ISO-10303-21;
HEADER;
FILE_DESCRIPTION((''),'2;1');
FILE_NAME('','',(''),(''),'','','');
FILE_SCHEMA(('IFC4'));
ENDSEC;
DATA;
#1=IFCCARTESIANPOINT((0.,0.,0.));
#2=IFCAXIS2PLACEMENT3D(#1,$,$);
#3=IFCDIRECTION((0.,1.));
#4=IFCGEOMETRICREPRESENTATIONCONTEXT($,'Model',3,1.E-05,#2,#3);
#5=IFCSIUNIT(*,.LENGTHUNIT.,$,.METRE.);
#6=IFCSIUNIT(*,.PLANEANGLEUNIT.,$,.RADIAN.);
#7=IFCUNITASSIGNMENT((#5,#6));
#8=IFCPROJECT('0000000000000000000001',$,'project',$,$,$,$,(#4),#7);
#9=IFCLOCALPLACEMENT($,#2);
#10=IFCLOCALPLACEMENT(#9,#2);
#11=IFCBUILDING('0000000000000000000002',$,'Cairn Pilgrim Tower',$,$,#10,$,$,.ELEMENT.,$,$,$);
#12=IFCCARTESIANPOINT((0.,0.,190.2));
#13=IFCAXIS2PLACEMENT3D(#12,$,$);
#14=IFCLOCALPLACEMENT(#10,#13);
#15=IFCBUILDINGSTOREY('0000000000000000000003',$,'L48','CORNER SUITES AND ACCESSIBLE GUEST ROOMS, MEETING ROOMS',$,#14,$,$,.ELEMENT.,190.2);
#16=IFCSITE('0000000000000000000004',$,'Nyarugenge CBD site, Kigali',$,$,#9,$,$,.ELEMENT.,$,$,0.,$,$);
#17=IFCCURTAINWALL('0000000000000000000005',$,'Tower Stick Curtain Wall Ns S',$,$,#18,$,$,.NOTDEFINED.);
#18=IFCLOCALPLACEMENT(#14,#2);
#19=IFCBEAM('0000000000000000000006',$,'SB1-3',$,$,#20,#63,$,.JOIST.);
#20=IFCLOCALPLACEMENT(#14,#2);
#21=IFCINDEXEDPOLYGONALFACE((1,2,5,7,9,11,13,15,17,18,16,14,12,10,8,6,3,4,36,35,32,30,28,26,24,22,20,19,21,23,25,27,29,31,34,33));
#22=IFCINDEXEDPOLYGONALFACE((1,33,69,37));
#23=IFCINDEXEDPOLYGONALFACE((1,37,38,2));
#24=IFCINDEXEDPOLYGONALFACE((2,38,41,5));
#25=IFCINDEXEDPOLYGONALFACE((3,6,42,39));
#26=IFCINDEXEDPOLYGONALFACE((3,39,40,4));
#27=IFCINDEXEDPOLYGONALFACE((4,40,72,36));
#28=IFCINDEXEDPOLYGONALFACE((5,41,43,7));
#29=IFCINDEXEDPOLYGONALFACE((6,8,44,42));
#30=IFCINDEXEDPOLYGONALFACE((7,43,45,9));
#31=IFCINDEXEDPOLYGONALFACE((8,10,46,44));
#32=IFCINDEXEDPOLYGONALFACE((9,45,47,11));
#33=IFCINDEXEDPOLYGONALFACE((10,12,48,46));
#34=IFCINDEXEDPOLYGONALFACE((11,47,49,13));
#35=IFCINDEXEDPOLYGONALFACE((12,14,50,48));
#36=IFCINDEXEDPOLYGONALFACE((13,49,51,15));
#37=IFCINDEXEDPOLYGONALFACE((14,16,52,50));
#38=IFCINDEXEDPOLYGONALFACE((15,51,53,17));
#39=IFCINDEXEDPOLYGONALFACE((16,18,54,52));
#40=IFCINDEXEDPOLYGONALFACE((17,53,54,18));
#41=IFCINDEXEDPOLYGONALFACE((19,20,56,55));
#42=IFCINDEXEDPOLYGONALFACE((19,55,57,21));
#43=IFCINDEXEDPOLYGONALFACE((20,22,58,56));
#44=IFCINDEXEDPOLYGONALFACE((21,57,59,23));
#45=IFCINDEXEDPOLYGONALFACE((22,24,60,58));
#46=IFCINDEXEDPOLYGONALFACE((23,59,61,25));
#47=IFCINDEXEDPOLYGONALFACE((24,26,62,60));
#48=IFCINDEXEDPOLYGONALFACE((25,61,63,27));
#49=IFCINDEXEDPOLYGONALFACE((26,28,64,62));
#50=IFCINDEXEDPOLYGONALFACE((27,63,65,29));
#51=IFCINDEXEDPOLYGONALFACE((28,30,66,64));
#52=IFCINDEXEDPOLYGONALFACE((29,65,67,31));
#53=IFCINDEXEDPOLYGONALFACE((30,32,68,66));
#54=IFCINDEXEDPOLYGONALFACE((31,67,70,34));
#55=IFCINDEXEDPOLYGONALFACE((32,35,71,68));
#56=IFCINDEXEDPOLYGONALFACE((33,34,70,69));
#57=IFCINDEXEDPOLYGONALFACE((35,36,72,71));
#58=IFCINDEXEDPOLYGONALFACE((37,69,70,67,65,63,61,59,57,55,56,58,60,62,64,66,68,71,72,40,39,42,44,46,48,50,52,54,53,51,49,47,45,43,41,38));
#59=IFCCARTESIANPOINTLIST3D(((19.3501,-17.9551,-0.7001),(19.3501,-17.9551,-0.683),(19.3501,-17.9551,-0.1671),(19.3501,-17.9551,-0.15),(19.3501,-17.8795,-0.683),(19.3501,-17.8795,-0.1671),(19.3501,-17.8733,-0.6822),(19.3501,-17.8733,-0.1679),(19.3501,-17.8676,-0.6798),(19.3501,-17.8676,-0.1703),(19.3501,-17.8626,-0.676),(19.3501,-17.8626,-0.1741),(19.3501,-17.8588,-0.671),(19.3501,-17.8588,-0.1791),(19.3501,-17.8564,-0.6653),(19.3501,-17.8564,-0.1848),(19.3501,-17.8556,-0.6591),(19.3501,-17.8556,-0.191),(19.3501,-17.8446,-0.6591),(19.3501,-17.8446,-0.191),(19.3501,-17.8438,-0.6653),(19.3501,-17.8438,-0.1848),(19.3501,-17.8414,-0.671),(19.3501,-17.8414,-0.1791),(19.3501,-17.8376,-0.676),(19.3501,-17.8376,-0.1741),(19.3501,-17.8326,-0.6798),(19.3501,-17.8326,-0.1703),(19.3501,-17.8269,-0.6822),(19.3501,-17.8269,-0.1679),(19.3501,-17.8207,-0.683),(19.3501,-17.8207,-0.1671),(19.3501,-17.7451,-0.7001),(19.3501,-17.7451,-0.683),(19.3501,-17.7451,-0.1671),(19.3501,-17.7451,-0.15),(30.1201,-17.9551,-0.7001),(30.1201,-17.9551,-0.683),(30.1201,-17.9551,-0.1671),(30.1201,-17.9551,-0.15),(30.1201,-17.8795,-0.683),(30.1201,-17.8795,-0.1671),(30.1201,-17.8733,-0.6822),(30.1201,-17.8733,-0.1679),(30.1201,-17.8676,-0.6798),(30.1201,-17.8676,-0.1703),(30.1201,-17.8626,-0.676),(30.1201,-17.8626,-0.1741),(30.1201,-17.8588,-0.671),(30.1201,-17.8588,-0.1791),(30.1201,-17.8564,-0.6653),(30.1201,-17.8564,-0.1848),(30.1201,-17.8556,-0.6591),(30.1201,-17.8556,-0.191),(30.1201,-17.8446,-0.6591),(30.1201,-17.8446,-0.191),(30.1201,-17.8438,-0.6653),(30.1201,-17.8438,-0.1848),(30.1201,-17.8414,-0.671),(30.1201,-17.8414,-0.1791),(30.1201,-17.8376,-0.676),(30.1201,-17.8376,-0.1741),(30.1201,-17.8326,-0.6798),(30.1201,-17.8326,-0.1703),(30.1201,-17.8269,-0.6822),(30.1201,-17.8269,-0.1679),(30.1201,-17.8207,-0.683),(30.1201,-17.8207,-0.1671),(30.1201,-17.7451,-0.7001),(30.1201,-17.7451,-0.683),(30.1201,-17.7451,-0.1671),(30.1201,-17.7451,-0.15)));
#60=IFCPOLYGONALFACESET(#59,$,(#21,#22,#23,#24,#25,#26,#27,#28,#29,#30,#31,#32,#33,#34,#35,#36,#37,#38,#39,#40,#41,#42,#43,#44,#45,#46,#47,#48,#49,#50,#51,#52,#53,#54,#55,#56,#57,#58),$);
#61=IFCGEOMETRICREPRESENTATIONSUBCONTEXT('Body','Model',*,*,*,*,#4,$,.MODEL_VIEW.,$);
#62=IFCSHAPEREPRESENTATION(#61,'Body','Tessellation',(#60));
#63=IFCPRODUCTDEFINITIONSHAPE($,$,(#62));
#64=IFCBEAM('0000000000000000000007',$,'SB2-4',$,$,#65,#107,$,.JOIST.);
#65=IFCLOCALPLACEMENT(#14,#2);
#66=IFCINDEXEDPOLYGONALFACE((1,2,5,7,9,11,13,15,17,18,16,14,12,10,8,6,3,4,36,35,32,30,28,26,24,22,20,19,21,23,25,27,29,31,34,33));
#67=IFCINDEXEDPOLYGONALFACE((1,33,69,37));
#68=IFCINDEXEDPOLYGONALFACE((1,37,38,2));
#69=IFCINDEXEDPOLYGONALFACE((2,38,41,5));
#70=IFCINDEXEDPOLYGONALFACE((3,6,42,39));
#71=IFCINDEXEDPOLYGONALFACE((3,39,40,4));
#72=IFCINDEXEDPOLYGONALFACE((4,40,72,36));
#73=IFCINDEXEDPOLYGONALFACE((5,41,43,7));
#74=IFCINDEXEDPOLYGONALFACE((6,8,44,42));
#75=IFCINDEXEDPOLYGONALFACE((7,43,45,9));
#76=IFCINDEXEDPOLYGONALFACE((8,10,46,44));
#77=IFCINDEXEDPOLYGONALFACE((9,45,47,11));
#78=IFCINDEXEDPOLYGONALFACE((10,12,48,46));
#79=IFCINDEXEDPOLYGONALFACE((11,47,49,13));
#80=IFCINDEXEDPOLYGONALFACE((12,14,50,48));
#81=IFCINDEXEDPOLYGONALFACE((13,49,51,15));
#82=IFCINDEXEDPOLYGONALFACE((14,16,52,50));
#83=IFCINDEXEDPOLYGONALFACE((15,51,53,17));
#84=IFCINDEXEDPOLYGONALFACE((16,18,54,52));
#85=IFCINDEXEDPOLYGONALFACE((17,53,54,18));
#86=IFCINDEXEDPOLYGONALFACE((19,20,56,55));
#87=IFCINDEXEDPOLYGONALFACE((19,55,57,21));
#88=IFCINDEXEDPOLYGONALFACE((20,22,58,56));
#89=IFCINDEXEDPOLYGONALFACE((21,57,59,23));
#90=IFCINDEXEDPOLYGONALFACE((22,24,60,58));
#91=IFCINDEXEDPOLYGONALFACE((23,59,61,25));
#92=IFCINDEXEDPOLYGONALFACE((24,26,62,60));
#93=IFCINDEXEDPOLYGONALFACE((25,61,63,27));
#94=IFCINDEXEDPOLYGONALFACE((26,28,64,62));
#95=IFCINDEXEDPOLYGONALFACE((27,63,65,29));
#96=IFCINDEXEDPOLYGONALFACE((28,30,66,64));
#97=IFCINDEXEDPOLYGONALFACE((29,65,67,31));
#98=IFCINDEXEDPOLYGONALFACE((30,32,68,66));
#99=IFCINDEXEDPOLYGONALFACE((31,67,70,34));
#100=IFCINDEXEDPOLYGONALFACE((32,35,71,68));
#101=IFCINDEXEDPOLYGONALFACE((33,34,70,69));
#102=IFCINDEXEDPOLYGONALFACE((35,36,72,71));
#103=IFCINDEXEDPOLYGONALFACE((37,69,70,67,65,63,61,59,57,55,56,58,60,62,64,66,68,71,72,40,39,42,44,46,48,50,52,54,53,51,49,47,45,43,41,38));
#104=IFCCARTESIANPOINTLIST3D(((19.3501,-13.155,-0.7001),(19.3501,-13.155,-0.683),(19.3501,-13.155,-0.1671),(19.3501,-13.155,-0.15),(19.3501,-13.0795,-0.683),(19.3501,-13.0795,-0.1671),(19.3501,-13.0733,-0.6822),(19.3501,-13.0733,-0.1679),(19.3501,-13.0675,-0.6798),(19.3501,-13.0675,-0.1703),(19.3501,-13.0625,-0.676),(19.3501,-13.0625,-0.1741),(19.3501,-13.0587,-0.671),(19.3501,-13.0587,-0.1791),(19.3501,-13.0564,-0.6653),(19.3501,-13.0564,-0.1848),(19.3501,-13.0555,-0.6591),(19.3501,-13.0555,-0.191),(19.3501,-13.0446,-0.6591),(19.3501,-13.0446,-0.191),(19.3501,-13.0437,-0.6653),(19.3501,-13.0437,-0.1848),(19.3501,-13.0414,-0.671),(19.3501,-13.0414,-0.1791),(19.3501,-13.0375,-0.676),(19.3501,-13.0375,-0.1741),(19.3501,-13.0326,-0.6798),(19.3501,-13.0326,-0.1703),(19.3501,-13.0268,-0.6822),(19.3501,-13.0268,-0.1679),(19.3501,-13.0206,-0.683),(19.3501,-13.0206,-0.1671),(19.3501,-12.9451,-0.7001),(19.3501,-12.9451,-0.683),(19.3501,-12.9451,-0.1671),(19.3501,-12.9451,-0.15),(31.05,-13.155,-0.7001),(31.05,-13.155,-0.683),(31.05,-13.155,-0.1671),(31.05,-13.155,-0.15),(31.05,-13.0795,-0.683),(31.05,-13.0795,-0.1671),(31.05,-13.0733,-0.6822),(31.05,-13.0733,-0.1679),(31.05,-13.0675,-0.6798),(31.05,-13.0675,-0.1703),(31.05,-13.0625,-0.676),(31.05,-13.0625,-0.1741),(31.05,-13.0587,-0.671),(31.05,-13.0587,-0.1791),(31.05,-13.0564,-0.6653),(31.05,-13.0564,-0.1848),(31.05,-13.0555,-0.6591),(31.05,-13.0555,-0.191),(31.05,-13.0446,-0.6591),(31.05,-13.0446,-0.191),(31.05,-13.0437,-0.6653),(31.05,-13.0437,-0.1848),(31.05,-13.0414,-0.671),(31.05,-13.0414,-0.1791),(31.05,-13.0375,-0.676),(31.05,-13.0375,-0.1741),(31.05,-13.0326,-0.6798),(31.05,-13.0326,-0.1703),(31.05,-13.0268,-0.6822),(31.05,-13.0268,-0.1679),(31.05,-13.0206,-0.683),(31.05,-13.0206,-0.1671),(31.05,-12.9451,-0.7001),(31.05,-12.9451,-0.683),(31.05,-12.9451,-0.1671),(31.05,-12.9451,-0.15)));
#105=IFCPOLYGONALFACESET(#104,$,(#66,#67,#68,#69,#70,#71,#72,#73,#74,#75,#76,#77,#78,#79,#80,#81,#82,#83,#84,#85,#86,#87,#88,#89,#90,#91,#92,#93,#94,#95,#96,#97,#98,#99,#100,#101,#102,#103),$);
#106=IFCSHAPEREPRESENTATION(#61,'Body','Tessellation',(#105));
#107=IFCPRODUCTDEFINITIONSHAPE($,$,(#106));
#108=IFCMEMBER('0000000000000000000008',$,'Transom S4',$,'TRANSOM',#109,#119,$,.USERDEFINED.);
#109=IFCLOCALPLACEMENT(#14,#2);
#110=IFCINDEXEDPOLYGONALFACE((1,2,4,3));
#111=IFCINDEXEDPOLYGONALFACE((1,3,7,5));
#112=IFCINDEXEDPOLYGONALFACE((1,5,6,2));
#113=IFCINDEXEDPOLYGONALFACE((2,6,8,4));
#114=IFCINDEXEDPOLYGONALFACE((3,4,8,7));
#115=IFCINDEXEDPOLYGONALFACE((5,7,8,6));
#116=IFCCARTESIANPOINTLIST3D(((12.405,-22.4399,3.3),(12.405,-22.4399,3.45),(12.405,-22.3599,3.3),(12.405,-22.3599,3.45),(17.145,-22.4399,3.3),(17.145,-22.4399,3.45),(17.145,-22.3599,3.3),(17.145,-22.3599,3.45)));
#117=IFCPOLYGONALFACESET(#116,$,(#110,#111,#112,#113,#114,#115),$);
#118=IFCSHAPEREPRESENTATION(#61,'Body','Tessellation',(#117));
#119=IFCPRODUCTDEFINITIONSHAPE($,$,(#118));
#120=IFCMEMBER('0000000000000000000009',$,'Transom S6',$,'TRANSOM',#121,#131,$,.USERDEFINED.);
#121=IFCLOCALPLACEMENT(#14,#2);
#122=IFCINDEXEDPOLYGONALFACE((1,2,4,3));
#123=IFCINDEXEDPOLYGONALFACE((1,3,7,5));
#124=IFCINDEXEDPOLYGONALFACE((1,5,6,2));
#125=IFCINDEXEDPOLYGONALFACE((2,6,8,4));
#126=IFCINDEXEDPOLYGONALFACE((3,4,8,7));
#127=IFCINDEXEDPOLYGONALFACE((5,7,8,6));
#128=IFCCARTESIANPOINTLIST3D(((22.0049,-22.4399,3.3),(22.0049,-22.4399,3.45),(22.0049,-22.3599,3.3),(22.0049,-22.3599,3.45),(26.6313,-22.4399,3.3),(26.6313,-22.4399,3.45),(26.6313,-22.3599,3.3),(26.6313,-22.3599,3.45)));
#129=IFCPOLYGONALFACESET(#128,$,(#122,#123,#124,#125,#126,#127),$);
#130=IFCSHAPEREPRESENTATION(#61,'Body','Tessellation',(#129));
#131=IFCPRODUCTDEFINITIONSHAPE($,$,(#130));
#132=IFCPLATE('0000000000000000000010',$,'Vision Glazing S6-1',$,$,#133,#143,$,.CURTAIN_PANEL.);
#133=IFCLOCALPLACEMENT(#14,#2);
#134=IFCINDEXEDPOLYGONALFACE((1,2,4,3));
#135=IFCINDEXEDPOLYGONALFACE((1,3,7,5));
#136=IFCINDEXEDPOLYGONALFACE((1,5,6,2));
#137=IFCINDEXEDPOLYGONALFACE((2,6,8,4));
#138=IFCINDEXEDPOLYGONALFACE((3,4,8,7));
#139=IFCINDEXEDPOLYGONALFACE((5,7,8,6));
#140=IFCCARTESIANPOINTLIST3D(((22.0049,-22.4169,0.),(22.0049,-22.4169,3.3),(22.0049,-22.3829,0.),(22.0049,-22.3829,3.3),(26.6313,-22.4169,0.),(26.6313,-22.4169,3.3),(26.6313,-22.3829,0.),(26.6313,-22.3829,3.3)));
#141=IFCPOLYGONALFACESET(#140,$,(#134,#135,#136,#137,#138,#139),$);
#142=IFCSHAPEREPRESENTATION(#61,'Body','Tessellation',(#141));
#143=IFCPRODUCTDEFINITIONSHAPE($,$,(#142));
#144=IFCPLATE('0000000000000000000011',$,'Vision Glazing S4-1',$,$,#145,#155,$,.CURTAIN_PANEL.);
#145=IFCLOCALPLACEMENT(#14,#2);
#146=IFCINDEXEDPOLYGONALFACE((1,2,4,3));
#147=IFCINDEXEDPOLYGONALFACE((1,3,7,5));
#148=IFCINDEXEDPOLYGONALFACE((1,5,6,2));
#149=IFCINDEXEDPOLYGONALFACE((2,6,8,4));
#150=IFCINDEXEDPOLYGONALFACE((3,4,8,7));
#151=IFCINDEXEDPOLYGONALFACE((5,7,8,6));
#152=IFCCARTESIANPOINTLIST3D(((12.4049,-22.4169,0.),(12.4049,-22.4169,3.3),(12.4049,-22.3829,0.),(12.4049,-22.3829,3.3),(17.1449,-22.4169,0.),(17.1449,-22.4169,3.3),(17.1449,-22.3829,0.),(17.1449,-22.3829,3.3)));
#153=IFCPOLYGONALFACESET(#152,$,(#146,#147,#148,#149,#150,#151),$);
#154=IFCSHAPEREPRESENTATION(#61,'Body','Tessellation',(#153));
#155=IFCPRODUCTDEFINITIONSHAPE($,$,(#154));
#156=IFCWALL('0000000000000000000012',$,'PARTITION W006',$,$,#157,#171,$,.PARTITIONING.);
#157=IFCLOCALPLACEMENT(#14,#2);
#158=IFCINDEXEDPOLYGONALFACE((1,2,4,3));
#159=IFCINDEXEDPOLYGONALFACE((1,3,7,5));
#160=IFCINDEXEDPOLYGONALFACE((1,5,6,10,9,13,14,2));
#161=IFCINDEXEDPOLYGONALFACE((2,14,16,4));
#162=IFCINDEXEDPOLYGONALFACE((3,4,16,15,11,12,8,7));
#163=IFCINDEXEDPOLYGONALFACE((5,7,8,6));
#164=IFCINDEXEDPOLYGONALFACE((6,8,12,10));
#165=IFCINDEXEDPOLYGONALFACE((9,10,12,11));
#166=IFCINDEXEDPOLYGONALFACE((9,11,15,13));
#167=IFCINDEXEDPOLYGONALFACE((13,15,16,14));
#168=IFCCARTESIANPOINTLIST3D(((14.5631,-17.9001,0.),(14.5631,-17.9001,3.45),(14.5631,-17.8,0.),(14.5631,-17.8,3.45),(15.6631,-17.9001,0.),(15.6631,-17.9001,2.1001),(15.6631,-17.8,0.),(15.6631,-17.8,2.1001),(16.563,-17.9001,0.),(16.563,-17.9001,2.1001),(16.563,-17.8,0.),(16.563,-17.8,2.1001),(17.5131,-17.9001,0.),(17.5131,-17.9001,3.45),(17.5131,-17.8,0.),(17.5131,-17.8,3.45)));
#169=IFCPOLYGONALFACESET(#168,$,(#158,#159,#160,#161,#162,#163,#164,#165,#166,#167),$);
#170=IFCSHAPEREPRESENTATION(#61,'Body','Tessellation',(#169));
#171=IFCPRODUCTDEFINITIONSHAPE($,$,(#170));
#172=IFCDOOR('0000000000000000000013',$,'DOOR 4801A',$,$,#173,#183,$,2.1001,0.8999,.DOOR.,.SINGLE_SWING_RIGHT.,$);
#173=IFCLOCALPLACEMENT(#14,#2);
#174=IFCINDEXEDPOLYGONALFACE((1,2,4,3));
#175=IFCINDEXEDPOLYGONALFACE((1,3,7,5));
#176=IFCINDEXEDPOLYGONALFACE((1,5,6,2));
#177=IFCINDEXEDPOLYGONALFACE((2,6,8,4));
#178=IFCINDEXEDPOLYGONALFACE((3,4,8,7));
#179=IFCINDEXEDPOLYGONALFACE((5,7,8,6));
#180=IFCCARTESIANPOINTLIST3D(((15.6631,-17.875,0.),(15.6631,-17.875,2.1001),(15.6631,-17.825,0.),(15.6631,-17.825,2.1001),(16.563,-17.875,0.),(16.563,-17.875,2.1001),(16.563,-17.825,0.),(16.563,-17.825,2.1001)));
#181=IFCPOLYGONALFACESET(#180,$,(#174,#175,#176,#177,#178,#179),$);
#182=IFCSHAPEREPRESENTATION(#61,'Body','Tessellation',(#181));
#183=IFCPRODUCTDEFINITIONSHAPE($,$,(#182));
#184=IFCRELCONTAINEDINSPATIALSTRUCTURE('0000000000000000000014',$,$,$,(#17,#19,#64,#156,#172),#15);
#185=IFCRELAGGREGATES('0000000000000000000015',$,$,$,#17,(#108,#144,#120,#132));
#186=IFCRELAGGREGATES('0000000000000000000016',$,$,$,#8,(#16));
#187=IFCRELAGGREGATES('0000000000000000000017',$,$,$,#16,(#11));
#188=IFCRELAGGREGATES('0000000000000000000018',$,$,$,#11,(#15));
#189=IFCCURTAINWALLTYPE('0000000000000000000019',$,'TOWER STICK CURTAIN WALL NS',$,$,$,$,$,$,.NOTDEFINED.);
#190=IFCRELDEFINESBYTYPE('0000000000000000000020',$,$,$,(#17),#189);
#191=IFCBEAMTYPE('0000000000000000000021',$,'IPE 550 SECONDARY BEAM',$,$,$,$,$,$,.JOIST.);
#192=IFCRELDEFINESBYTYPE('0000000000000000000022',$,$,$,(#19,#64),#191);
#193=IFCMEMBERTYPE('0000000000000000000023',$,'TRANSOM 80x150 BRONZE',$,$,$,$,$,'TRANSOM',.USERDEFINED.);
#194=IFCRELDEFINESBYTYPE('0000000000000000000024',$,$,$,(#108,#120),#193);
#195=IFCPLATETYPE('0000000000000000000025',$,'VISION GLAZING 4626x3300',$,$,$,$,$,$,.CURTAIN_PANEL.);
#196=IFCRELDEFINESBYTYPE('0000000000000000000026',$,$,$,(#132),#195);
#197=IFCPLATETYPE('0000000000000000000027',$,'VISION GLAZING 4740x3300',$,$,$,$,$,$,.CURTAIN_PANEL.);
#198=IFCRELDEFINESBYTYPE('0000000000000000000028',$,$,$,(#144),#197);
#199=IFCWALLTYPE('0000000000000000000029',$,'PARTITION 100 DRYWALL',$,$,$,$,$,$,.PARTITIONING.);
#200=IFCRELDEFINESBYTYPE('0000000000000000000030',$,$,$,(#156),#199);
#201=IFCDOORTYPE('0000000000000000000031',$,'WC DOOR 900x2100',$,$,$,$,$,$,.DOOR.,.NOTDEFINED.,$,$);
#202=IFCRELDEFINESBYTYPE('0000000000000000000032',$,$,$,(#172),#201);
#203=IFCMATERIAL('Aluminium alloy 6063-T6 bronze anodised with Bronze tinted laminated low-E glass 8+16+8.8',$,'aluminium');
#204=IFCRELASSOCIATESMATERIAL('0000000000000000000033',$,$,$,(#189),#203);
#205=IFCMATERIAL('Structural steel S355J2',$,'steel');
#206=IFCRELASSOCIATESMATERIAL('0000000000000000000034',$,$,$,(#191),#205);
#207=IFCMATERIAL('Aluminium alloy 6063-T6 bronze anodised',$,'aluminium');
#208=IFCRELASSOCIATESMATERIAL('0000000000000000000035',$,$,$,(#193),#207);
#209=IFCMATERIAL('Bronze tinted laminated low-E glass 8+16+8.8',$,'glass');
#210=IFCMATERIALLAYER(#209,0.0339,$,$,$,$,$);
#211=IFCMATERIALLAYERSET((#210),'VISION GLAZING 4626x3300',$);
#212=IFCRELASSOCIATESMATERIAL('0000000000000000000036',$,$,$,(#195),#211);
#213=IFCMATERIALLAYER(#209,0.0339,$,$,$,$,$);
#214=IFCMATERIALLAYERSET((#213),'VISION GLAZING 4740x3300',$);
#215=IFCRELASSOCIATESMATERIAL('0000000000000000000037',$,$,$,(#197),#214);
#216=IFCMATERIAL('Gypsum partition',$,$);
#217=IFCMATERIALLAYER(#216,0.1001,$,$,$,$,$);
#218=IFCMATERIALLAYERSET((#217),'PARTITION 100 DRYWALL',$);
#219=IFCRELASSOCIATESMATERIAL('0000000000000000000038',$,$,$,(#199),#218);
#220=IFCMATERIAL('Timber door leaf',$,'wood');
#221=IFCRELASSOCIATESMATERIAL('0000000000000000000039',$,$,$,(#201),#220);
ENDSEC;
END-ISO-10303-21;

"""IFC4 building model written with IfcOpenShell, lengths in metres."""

from ifc_helpers import new_model, si_unit, direction, frame, frame_2d, origin, origin_2d, place, context, subcontext, project, spatial, rectangle, i_section, extrude, material, layer, layer_set, material_profile, profile_set, type_object, element, fill, aggregate, save


model = new_model("IFC4")

# Units and contexts
model_context = context("Model", 3, precision=1e-05, world=origin(), true_north=direction((0.0, 1.0)))
body_context = subcontext(model_context, "Body", "Model", "MODEL_VIEW")
ifc_project = project(units=[si_unit("LENGTHUNIT", "METRE"), si_unit("PLANEANGLEUNIT", "RADIAN")], contexts=[model_context])

# Site, building, storey
site_placement = place(None, origin())
site = spatial("IfcSite", under=ifc_project, at=site_placement, Name="Nyarugenge CBD site, Kigali", CompositionType="ELEMENT", RefElevation=0.0)
building_placement = place(site_placement, origin())
building = spatial("IfcBuilding", under=site, at=building_placement, Name="Cairn Pilgrim Tower", CompositionType="ELEMENT")
storey_placement = place(building_placement, frame((0.0, 0.0, 190.2)))
storey = spatial("IfcBuildingStorey", under=building, at=storey_placement, Name="L48", Description="CORNER SUITES AND ACCESSIBLE GUEST ROOMS, MEETING ROOMS", CompositionType="ELEMENT", Elevation=190.2)

# Curtain wall
ifc_material_1 = material(Name="Aluminium alloy 6063-T6 bronze anodised with Bronze tinted laminated low-E glass 8+16+8.8", Category="aluminium")
curtain_wall_type = type_object("IfcCurtainWallType", Name="TOWER STICK CURTAIN WALL NS", PredefinedType="NOTDEFINED", material=ifc_material_1)
curtain_wall_placement = place(storey_placement, origin())
curtain_wall = element("IfcCurtainWall", 1, at=curtain_wall_placement, inside=storey, type_object=curtain_wall_type, Name="Tower Stick Curtain Wall Ns S", PredefinedType="NOTDEFINED")
ifc_material_2 = material(Name="Aluminium alloy 6063-T6 bronze anodised", Category="aluminium")

# Beams
ifc_material_3 = material(Name="Structural steel S355J2", Category="steel")
ifc_material_profile_1 = material_profile(ifc_material_3, i_section(OverallWidth=0.21, OverallDepth=0.55, WebThickness=0.011, FlangeThickness=0.0171, FilletRadius=0.0239, at=origin_2d()), Name="IPE 550")
ifc_profile_set_1 = profile_set([ifc_material_profile_1], Name="Structural steel S355J2")
beam_type_1 = type_object("IfcBeamType", Name="IPE 550 SECONDARY BEAM", PredefinedType="JOIST", material=ifc_profile_set_1)
beam_1_placement = place(storey_placement, frame((19.3501, -17.8501, -0.425), z_axis=(1.0, 0.0, 0.0), x_axis=(0.0, 1.0, 0.0)))
element("IfcBeam", 2, at=beam_1_placement, inside=storey, type_object=beam_type_1, Name="SB1-3", PredefinedType="JOIST", context=body_context, shape_type="SweptSolid", body=[
    extrude(i_section(OverallWidth=0.21, OverallDepth=0.55, WebThickness=0.011, FlangeThickness=0.0171, FilletRadius=0.0239, at=origin_2d()), origin(), (0.0, 0.0, 1.0), 10.77),
])
beam_2_placement = place(storey_placement, frame((19.3501, -13.05, -0.425), z_axis=(1.0, 0.0, 0.0), x_axis=(0.0, 1.0, 0.0)))
element("IfcBeam", 3, at=beam_2_placement, inside=storey, type_object=beam_type_1, Name="SB2-4", PredefinedType="JOIST", context=body_context, shape_type="SweptSolid", body=[
    extrude(i_section(OverallWidth=0.21, OverallDepth=0.55, WebThickness=0.011, FlangeThickness=0.0171, FilletRadius=0.0239, at=origin_2d()), origin(), (0.0, 0.0, 1.0), 11.7),
])

# Members
ifc_material_profile_2 = material_profile(ifc_material_2, rectangle(XDim=0.0801, YDim=0.1499, at=origin_2d()), Name="TRANSOM 80x150 BRONZE")
ifc_profile_set_2 = profile_set([ifc_material_profile_2], Name="Aluminium alloy 6063-T6 bronze anodised")
member_type_1 = type_object("IfcMemberType", Name="TRANSOM 80x150 BRONZE", ElementType="TRANSOM", PredefinedType="USERDEFINED", material=ifc_profile_set_2)
member_1_placement = place(storey_placement, frame((12.405, -22.3999, 3.375), z_axis=(1.0, 0.0, 0.0), x_axis=(0.0, 1.0, 0.0)))
member_1 = element("IfcMember", 4, at=member_1_placement, type_object=member_type_1, Name="Transom S4", ObjectType="TRANSOM", PredefinedType="USERDEFINED", context=body_context, shape_type="SweptSolid", body=[
    extrude(rectangle(XDim=0.0801, YDim=0.1499, at=origin_2d()), origin(), (0.0, 0.0, 1.0), 4.74),
])
member_2_placement = place(storey_placement, frame((22.0049, -22.3999, 3.375), z_axis=(1.0, 0.0, 0.0), x_axis=(0.0, 1.0, 0.0)))
member_2 = element("IfcMember", 5, at=member_2_placement, type_object=member_type_1, Name="Transom S6", ObjectType="TRANSOM", PredefinedType="USERDEFINED", context=body_context, shape_type="SweptSolid", body=[
    extrude(rectangle(XDim=0.0801, YDim=0.1499, at=origin_2d()), origin(), (0.0, 0.0, 1.0), 4.6265),
])

# Plates
ifc_material_4 = material(Name="Bronze tinted laminated low-E glass 8+16+8.8", Category="glass")
ifc_layer_1 = layer(ifc_material_4, 0.0339)
ifc_layer_set_1 = layer_set([ifc_layer_1], Name="VISION GLAZING 4626x3300")
plate_type_1 = type_object("IfcPlateType", Name="VISION GLAZING 4626x3300", PredefinedType="CURTAIN_PANEL", material=ifc_layer_set_1)
plate_1_placement = place(storey_placement, frame((24.3181, -22.3999, 0.0), z_axis=(0.0, 0.0, 1.0), x_axis=(1.0, 0.0, 0.0)))
plate_1 = element("IfcPlate", 6, at=plate_1_placement, type_object=plate_type_1, Name="Vision Glazing S6-1", PredefinedType="CURTAIN_PANEL", context=body_context, shape_type="SweptSolid", body=[
    extrude(rectangle(XDim=4.6265, YDim=0.0339, at=origin_2d()), origin(), (0.0, 0.0, 1.0), 3.3),
])
ifc_layer_2 = layer(ifc_material_4, 0.0339)
ifc_layer_set_2 = layer_set([ifc_layer_2], Name="VISION GLAZING 4740x3300")
plate_type_2 = type_object("IfcPlateType", Name="VISION GLAZING 4740x3300", PredefinedType="CURTAIN_PANEL", material=ifc_layer_set_2)
plate_2_placement = place(storey_placement, frame((14.7749, -22.3999, 0.0), z_axis=(0.0, 0.0, 1.0), x_axis=(1.0, 0.0, 0.0)))
plate_2 = element("IfcPlate", 7, at=plate_2_placement, type_object=plate_type_2, Name="Vision Glazing S4-1", PredefinedType="CURTAIN_PANEL", context=body_context, shape_type="SweptSolid", body=[
    extrude(rectangle(XDim=4.74, YDim=0.0339, at=origin_2d()), origin(), (0.0, 0.0, 1.0), 3.3),
])
aggregate(curtain_wall, [member_1, plate_2, member_2, plate_1])

# Wall, opening, door
ifc_material_5 = material(Name="Gypsum partition")
ifc_layer_3 = layer(ifc_material_5, 0.1001)
ifc_layer_set_3 = layer_set([ifc_layer_3], Name="PARTITION 100 DRYWALL")
wall_type_1 = type_object("IfcWallType", Name="PARTITION 100 DRYWALL", PredefinedType="PARTITIONING", material=ifc_layer_set_3)
wall_1_placement = place(storey_placement, frame((14.563, -17.8501, 0.0), z_axis=(0.0, 0.0, 1.0), x_axis=(1.0, 0.0, 0.0)))
wall_1 = element("IfcWall", 8, at=wall_1_placement, inside=storey, type_object=wall_type_1, Name="PARTITION W006", PredefinedType="PARTITIONING", context=body_context, shape_type="SweptSolid", body=[
    extrude(rectangle(XDim=2.95, YDim=0.1001, at=frame_2d((1.4751, 0.0))), origin(), (0.0, 0.0, 1.0), 3.45),
])
opening_1_placement = place(wall_1_placement, frame((1.1001, 0.0, 0.0)))
opening_1 = element("IfcOpeningElement", 9, at=opening_1_placement, cuts=wall_1, PredefinedType="OPENING", context=body_context, shape_type="SweptSolid", body=[
    extrude(rectangle(XDim=0.8999, YDim=2.1001, at=frame_2d((0.45, 1.05))), frame((0.0, 0.0601, 0.0), z_axis=(0.0, -1.0, 0.0), x_axis=(1.0, 0.0, 0.0)), (0.0, 0.0, 1.0), 0.1201),
])
ifc_material_6 = material(Name="Timber door leaf", Category="wood")
door_type_1 = type_object("IfcDoorType", Name="WC DOOR 900x2100", OperationType="NOTDEFINED", PredefinedType="DOOR", material=ifc_material_6)
door_1_placement = place(opening_1_placement, frame((0.8999, 0.0, 0.0), z_axis=(0.0, 0.0, 1.0), x_axis=(-1.0, 0.0, 0.0)))
door_1 = element("IfcDoor", 10, at=door_1_placement, inside=storey, type_object=door_type_1, Name="DOOR 4801A", OperationType="SINGLE_SWING_RIGHT", OverallHeight=2.1001, OverallWidth=0.8999, PredefinedType="DOOR", context=body_context, shape_type="SweptSolid", body=[
    extrude(rectangle(XDim=0.8999, YDim=2.1001, at=frame_2d((0.45, 1.05))), frame((0.0, 0.0249, 0.0), z_axis=(0.0, -1.0, 0.0), x_axis=(1.0, 0.0, 0.0)), (0.0, 0.0, 1.0), 0.05),
])
fill(opening_1, door_1)

save(model, "model.ifc")
